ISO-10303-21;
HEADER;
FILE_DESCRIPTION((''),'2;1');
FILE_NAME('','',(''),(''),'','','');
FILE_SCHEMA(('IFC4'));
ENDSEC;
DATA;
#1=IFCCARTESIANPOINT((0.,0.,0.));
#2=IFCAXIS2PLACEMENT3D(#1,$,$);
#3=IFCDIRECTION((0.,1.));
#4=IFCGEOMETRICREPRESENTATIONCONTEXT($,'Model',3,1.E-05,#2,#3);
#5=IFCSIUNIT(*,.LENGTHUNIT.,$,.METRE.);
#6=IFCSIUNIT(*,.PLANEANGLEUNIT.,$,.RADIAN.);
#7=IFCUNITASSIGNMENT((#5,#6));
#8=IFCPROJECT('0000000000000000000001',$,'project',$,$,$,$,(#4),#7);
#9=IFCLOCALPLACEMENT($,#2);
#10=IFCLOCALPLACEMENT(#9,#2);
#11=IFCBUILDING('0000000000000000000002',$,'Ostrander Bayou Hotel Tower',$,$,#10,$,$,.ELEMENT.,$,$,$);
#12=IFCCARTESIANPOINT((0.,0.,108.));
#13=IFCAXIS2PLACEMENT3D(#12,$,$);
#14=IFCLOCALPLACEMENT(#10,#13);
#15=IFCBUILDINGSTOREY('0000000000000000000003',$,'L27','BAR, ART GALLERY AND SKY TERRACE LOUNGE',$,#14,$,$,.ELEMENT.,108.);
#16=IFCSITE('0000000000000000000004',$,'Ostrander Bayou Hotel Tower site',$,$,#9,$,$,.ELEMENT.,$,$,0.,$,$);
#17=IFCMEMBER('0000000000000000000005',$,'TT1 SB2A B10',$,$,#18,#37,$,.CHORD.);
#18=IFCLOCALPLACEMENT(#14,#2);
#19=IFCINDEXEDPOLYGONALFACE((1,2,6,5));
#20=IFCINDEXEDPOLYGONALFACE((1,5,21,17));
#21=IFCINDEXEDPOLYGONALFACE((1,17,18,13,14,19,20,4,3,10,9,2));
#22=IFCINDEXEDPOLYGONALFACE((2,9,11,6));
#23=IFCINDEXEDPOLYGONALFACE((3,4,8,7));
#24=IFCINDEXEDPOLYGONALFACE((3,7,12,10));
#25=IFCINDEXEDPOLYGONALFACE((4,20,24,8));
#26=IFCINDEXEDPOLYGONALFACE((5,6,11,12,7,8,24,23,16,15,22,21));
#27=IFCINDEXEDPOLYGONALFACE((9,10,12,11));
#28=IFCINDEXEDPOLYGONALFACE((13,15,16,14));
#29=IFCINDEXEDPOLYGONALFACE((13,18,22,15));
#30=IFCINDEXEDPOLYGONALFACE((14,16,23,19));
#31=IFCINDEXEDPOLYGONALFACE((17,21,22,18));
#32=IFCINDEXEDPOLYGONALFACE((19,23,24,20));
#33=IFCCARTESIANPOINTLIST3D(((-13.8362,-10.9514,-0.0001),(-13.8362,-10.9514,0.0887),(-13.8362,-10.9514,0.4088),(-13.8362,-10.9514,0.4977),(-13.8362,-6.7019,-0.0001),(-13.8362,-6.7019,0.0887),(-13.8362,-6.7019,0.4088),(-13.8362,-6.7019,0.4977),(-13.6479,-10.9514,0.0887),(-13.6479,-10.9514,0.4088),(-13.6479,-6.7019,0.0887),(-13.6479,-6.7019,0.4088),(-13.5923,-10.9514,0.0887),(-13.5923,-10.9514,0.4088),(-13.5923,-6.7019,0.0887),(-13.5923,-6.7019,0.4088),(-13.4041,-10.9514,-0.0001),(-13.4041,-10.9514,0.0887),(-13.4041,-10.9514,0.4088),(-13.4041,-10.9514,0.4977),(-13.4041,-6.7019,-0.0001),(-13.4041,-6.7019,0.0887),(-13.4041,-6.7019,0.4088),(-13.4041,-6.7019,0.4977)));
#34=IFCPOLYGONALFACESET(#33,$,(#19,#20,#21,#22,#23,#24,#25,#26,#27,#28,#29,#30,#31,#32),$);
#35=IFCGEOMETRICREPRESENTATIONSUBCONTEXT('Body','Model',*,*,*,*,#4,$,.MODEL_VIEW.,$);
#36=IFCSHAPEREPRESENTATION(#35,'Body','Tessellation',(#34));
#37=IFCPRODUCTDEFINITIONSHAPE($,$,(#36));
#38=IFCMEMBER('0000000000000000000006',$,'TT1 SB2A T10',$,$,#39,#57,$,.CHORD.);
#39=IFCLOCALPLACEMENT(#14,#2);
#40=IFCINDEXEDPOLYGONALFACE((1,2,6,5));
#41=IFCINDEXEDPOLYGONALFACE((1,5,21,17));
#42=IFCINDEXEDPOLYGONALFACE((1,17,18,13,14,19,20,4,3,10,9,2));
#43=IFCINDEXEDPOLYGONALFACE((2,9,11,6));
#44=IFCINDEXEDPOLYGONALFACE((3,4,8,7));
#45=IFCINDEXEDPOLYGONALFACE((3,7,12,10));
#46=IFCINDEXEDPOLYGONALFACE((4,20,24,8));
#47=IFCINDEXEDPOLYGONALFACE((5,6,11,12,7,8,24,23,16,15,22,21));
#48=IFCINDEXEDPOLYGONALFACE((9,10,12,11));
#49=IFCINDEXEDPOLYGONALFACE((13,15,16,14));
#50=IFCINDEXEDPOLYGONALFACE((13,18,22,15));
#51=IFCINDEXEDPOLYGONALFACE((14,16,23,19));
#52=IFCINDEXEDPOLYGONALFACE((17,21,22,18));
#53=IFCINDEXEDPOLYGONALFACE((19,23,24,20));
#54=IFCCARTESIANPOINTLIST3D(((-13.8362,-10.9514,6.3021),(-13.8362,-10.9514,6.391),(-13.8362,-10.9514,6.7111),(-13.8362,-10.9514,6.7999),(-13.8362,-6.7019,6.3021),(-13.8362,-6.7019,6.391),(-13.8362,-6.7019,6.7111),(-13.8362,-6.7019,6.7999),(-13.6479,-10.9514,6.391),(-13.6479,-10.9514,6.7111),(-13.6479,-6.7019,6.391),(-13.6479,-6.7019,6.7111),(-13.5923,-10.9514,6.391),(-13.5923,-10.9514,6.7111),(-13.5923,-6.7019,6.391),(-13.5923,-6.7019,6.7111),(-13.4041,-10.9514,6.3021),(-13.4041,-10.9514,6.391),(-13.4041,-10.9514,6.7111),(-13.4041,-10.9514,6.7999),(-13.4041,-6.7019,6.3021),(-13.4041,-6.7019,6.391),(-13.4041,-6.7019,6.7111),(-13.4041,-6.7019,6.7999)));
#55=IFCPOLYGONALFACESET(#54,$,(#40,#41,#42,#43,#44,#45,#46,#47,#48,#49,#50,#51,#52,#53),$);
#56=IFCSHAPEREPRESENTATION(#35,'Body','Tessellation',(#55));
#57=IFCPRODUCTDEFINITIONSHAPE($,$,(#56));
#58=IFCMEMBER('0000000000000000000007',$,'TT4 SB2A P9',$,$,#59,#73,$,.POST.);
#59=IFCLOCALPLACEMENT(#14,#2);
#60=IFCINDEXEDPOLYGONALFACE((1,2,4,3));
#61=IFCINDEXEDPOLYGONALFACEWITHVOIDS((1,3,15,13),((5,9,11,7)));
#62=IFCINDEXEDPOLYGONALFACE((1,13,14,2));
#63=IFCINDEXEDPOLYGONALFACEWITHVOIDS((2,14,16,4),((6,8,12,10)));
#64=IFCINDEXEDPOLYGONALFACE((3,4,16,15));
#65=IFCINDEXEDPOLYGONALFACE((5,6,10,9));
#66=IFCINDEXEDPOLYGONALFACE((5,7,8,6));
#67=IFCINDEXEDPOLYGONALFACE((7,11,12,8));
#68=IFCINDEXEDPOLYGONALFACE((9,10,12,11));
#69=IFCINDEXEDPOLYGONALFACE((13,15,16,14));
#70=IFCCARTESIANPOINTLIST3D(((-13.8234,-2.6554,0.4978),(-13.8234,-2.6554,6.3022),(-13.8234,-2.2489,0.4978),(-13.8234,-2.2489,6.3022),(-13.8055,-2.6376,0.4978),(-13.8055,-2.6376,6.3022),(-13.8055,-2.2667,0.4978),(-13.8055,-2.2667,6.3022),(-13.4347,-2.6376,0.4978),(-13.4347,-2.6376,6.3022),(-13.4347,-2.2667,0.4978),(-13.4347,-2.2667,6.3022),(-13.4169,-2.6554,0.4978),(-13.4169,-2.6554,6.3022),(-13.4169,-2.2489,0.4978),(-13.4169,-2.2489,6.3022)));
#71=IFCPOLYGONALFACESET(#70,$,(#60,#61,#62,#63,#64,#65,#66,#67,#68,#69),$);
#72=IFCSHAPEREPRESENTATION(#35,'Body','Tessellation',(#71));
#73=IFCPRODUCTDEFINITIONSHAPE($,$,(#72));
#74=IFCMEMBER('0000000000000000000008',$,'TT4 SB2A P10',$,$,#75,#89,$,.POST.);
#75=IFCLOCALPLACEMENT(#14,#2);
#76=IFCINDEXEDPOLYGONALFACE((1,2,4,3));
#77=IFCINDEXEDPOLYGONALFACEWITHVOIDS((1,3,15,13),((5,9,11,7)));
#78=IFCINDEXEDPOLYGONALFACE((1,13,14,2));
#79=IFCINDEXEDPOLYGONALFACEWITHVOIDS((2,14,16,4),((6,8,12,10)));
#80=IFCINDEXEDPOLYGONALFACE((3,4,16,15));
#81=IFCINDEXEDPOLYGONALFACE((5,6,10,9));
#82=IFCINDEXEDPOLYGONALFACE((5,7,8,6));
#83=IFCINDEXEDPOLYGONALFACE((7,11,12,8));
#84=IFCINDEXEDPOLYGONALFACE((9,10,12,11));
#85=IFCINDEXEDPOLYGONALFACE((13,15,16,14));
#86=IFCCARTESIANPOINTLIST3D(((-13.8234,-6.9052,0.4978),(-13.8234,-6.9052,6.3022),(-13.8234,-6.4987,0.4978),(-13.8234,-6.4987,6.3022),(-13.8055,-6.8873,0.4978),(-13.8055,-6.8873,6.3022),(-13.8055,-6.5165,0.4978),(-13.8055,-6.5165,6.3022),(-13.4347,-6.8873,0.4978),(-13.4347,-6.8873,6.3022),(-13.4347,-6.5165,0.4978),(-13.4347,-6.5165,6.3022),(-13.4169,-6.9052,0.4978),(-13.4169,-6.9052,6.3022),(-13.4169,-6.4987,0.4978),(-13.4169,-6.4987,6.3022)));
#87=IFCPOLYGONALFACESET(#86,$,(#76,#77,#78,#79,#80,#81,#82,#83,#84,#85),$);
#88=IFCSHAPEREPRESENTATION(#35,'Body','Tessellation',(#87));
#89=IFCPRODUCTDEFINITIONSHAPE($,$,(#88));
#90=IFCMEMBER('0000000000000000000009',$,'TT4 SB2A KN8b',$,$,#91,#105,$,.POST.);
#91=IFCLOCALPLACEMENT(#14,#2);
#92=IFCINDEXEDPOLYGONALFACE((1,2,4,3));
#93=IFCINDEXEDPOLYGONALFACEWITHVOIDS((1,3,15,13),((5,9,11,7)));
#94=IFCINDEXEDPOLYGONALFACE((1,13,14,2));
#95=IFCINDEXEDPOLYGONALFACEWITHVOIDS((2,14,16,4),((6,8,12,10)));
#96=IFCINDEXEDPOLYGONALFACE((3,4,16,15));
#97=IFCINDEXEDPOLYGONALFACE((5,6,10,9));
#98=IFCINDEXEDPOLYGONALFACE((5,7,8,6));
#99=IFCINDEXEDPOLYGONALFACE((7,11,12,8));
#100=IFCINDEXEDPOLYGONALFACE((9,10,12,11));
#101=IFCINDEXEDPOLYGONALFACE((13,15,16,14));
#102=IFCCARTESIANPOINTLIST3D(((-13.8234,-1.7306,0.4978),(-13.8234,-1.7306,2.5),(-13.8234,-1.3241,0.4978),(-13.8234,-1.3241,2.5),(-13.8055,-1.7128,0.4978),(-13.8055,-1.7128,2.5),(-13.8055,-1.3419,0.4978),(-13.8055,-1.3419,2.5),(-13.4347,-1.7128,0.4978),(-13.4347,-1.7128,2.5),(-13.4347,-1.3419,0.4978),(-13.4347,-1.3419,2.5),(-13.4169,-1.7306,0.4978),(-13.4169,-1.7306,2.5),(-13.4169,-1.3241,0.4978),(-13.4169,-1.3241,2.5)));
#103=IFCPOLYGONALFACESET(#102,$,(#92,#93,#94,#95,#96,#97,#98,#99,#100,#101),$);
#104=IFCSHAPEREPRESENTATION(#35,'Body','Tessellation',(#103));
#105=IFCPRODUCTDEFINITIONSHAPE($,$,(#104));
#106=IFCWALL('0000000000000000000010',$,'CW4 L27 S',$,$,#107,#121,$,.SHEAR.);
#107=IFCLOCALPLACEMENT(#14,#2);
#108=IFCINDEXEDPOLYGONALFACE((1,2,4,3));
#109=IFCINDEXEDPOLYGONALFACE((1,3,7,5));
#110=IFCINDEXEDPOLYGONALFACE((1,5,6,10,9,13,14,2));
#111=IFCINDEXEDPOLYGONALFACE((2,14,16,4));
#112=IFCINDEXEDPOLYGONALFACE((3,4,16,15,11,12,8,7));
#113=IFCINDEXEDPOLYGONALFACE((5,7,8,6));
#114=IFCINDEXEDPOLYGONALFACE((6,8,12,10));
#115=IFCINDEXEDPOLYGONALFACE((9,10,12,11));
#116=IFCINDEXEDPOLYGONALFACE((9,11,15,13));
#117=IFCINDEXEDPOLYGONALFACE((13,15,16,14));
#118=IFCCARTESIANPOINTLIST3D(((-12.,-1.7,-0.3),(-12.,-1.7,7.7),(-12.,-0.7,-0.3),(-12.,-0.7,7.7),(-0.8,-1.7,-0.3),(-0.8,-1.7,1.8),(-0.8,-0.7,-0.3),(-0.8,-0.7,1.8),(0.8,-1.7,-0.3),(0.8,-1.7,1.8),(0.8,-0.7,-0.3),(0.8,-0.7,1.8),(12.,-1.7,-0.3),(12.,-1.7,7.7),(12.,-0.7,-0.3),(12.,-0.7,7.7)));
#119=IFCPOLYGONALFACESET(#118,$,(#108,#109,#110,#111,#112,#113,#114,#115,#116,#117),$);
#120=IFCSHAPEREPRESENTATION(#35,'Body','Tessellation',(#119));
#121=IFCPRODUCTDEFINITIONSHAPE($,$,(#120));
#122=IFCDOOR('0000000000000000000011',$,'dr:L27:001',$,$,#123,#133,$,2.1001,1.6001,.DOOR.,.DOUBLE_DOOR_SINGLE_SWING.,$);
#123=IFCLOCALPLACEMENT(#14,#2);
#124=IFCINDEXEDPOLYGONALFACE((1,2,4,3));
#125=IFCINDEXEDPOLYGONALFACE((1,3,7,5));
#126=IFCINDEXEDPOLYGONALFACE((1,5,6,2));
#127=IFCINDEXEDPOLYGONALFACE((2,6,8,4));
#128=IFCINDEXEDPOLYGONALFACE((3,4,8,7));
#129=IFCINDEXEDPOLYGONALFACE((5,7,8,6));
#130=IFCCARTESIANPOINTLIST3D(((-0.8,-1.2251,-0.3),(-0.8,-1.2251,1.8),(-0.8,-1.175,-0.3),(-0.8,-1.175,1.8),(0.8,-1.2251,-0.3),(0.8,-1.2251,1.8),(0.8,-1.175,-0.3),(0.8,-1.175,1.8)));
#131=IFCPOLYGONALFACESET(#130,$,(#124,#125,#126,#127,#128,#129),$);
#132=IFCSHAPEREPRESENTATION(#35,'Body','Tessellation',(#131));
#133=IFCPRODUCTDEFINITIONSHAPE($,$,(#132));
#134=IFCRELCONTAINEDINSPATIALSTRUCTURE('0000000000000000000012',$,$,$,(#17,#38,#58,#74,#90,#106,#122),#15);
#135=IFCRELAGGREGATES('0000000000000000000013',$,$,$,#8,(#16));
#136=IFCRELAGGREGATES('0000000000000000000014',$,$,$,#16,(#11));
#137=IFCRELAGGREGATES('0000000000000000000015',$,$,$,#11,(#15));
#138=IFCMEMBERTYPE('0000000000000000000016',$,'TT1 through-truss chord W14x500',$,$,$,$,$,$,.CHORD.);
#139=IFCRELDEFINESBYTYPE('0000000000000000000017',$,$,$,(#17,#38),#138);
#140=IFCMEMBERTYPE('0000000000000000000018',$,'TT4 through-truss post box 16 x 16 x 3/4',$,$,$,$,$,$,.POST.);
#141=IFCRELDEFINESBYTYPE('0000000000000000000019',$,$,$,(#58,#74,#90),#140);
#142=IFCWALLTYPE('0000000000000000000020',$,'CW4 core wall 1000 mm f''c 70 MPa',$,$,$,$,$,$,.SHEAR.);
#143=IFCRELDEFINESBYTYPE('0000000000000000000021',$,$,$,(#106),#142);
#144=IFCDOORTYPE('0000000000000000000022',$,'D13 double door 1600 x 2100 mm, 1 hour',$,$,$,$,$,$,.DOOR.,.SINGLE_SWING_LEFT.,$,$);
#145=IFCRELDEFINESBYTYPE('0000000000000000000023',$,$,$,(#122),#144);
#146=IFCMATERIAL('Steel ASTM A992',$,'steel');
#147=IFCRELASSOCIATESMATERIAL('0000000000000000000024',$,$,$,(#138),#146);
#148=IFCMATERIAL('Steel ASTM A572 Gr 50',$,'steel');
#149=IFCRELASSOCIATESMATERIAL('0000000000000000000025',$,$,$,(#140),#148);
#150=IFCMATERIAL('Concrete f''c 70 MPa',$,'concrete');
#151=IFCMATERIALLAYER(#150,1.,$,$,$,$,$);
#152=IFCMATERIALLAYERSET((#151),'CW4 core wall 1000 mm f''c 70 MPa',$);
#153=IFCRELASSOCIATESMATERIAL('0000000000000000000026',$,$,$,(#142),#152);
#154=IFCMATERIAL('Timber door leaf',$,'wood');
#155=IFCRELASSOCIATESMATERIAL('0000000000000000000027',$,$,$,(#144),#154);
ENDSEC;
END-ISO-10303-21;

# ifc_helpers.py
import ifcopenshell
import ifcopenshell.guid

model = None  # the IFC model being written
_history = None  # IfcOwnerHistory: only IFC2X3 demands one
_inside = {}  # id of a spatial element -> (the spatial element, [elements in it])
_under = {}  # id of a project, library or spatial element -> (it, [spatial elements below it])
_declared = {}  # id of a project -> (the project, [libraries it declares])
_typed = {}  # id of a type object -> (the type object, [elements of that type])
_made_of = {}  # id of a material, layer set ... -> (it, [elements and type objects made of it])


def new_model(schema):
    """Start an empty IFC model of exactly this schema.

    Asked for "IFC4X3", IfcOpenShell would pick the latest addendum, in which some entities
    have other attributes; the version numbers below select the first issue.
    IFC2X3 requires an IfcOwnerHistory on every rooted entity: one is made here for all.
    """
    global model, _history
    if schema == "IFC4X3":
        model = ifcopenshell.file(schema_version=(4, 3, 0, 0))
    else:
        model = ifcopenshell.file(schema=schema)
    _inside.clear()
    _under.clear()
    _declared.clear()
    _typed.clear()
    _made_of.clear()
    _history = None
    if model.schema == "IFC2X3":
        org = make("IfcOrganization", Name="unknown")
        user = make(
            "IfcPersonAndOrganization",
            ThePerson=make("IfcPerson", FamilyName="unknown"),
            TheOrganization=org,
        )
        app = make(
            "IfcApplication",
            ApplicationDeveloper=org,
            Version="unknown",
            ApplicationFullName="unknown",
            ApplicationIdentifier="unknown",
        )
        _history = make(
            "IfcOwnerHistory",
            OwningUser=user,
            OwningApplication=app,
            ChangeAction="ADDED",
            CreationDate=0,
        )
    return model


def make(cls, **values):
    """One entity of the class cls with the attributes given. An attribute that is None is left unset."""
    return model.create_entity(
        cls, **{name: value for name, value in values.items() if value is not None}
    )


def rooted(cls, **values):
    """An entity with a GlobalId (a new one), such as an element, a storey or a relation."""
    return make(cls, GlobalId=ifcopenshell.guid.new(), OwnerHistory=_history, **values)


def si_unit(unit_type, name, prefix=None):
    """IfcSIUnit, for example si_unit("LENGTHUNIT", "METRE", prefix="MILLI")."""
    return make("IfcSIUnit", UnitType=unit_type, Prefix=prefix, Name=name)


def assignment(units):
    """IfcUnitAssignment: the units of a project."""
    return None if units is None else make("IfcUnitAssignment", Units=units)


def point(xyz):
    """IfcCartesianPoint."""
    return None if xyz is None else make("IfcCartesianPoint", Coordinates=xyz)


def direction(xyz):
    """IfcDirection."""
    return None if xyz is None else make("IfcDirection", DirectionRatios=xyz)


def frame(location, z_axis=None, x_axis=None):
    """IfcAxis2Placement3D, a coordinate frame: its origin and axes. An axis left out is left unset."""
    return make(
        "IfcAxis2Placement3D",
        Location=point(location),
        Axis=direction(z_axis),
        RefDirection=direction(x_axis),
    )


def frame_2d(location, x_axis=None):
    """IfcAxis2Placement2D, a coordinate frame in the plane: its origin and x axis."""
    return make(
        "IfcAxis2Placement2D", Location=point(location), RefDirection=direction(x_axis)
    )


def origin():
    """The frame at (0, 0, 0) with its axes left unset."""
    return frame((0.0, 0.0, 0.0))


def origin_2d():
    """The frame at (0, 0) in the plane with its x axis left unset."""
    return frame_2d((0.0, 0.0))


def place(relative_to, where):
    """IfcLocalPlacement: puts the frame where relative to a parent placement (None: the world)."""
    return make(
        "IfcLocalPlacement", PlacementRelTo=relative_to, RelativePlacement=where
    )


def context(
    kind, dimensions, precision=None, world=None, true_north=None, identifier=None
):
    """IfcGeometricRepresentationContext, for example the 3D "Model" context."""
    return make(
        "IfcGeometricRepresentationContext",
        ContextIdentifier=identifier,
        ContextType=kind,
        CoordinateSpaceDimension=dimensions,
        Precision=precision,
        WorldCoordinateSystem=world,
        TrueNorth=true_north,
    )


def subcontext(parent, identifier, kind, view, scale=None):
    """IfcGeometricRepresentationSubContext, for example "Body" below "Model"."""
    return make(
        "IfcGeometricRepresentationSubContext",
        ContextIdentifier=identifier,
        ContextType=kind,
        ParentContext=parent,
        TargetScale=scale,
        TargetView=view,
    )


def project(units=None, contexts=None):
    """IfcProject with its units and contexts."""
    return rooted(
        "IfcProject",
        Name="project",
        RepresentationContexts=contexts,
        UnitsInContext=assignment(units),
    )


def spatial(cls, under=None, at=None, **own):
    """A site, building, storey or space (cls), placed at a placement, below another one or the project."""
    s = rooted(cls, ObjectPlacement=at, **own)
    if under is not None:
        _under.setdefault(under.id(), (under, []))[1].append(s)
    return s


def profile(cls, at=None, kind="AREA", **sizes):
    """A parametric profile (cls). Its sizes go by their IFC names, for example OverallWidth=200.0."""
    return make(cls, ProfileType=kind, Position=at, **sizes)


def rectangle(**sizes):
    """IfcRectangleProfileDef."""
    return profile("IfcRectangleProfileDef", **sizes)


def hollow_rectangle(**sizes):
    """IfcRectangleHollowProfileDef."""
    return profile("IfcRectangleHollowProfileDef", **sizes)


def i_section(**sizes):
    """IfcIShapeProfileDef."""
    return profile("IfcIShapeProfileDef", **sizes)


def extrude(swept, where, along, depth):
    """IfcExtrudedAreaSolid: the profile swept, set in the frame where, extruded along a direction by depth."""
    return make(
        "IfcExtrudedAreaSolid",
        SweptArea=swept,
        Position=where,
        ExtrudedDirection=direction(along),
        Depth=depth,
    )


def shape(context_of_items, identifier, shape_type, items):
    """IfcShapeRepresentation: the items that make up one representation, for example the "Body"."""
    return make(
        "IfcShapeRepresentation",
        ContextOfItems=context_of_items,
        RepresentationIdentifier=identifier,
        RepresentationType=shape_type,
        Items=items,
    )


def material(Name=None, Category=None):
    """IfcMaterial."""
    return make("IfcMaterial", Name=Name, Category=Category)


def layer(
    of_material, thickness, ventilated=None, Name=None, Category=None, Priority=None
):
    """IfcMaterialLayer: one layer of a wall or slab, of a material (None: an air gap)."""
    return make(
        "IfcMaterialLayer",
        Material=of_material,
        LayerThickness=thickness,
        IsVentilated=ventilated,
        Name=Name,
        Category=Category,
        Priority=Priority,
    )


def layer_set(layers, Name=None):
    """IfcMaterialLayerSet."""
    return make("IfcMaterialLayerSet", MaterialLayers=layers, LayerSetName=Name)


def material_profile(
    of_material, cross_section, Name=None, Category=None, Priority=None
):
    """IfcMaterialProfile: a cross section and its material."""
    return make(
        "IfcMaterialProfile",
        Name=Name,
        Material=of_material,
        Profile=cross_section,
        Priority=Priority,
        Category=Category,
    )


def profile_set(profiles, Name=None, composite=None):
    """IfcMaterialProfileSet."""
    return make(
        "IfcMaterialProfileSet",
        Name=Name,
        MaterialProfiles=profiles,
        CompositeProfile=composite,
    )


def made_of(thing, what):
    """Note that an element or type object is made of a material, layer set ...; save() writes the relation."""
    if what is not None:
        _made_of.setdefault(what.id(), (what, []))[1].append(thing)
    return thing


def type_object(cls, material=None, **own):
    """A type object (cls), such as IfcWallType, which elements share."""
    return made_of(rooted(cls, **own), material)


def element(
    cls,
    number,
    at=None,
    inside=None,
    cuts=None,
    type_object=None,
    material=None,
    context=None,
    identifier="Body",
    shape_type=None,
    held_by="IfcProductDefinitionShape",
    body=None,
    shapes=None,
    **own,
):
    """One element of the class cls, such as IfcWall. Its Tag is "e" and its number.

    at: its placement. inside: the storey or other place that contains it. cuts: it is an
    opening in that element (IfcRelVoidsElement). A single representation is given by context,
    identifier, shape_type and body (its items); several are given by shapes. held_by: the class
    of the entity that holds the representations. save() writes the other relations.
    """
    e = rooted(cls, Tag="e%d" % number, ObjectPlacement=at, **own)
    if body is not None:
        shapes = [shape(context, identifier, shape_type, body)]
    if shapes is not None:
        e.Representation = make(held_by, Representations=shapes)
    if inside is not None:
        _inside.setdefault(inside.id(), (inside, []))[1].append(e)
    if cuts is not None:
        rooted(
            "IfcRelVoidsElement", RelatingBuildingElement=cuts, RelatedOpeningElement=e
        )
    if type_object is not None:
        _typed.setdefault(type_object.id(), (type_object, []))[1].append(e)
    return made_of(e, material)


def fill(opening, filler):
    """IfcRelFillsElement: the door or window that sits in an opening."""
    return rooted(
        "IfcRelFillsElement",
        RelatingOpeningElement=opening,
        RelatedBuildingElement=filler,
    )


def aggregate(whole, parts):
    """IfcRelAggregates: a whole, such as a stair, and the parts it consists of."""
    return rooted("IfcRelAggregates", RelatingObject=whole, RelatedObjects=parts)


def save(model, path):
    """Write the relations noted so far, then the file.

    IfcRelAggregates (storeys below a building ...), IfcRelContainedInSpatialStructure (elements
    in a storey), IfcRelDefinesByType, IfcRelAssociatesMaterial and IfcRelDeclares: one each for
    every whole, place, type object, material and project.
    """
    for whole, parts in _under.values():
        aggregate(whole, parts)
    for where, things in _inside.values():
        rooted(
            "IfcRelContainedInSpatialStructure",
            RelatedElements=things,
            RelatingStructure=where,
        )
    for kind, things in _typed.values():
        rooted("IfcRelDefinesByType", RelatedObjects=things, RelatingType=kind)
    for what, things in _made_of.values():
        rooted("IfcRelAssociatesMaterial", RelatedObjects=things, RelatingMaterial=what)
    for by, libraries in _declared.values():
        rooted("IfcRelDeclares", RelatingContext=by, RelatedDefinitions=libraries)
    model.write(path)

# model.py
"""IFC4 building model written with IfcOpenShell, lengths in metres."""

from ifc_helpers import new_model, si_unit, direction, frame, frame_2d, origin, origin_2d, place, context, subcontext, project, spatial, rectangle, hollow_rectangle, i_section, extrude, material, layer, layer_set, material_profile, profile_set, type_object, element, fill, save


model = new_model("IFC4")

# Units and contexts
model_context = context("Model", 3, precision=1e-05, world=origin(), true_north=direction((0.0, 1.0)))
body_context = subcontext(model_context, "Body", "Model", "MODEL_VIEW")
ifc_project = project(units=[si_unit("LENGTHUNIT", "METRE"), si_unit("PLANEANGLEUNIT", "RADIAN")], contexts=[model_context])

# Site, building, storey
site_placement = place(None, origin())
site = spatial("IfcSite", under=ifc_project, at=site_placement, Name="Ostrander Bayou Hotel Tower site", CompositionType="ELEMENT", RefElevation=0.0)
building_placement = place(site_placement, origin())
building = spatial("IfcBuilding", under=site, at=building_placement, Name="Ostrander Bayou Hotel Tower", CompositionType="ELEMENT")
storey_placement = place(building_placement, frame((0.0, 0.0, 108.0)))
storey = spatial("IfcBuildingStorey", under=building, at=storey_placement, Name="L27", Description="BAR, ART GALLERY AND SKY TERRACE LOUNGE", CompositionType="ELEMENT", Elevation=108.0)

# Members
ifc_material_1 = material(Name="Steel ASTM A992", Category="steel")
ifc_material_profile_1 = material_profile(ifc_material_1, i_section(OverallWidth=0.4321, OverallDepth=0.4978, WebThickness=0.0557, FlangeThickness=0.0889, at=origin_2d()))
ifc_profile_set_1 = profile_set([ifc_material_profile_1], Name="Steel ASTM A992")
member_type_1 = type_object("IfcMemberType", Name="TT1 through-truss chord W14x500", PredefinedType="CHORD", material=ifc_profile_set_1)
for number, where, z_axis, x_axis, name in (
    (1, (-13.6201, -6.7019, 0.2488), (0.0, -1.0, 0.0), (1.0, 0.0, 0.0), "TT1 SB2A B10"),
    (2, (-13.6201, -6.7019, 6.551), (0.0, -1.0, 0.0), (1.0, 0.0, 0.0), "TT1 SB2A T10"),
):
    element("IfcMember", number, at=place(storey_placement, frame(where, z_axis=z_axis, x_axis=x_axis)), inside=storey, type_object=member_type_1, Name=name, PredefinedType="CHORD", context=body_context, shape_type="SweptSolid", body=[
        extrude(i_section(OverallWidth=0.4321, OverallDepth=0.4978, WebThickness=0.0557, FlangeThickness=0.0889, at=origin_2d()), origin(), (0.0, 0.0, 1.0), 4.2495),
    ])
ifc_material_2 = material(Name="Steel ASTM A572 Gr 50", Category="steel")
ifc_material_profile_2 = material_profile(ifc_material_2, hollow_rectangle(XDim=0.4065, YDim=0.4065, WallThickness=0.0178, at=origin_2d()))
ifc_profile_set_2 = profile_set([ifc_material_profile_2], Name="Steel ASTM A572 Gr 50")
member_type_2 = type_object("IfcMemberType", Name="TT4 through-truss post box 16 x 16 x 3/4", PredefinedType="POST", material=ifc_profile_set_2)
for number, where, z_axis, x_axis, name in (
    (3, (-13.6201, -2.4521, 0.4978), (0.0, 0.0, 1.0), (1.0, 0.0, 0.0), "TT4 SB2A P9"),
    (4, (-13.6201, -6.7019, 0.4978), (0.0, 0.0, 1.0), (1.0, 0.0, 0.0), "TT4 SB2A P10"),
):
    element("IfcMember", number, at=place(storey_placement, frame(where, z_axis=z_axis, x_axis=x_axis)), inside=storey, type_object=member_type_2, Name=name, PredefinedType="POST", context=body_context, shape_type="SweptSolid", body=[
        extrude(hollow_rectangle(XDim=0.4065, YDim=0.4065, WallThickness=0.0178, at=origin_2d()), origin(), (0.0, 0.0, 1.0), 5.8044),
    ])
member_1_placement = place(storey_placement, frame((-13.6201, -1.5273, 0.4978), z_axis=(0.0, 0.0, 1.0), x_axis=(1.0, 0.0, 0.0)))
element("IfcMember", 5, at=member_1_placement, inside=storey, type_object=member_type_2, Name="TT4 SB2A KN8b", PredefinedType="POST", context=body_context, shape_type="SweptSolid", body=[
    extrude(hollow_rectangle(XDim=0.4065, YDim=0.4065, WallThickness=0.0178, at=origin_2d()), origin(), (0.0, 0.0, 1.0), 2.0022),
])

# Wall, opening, door
ifc_material_3 = material(Name="Concrete f'c 70 MPa", Category="concrete")
ifc_layer_1 = layer(ifc_material_3, 1.0)
ifc_layer_set_1 = layer_set([ifc_layer_1], Name="CW4 core wall 1000 mm f'c 70 MPa")
wall_type_1 = type_object("IfcWallType", Name="CW4 core wall 1000 mm f'c 70 MPa", PredefinedType="SHEAR", material=ifc_layer_set_1)
wall_1_placement = place(storey_placement, frame((-12.0, -1.2, -0.3), z_axis=(0.0, 0.0, 1.0), x_axis=(1.0, 0.0, 0.0)))
wall_1 = element("IfcWall", 6, at=wall_1_placement, inside=storey, type_object=wall_type_1, Name="CW4 L27 S", PredefinedType="SHEAR", context=body_context, shape_type="SweptSolid", body=[
    extrude(rectangle(XDim=24.0, YDim=1.0, at=frame_2d((12.0, 0.0))), origin(), (0.0, 0.0, 1.0), 8.0),
])
opening_1_placement = place(wall_1_placement, frame((11.2, 0.0, 0.0)))
opening_1 = element("IfcOpeningElement", 7, at=opening_1_placement, cuts=wall_1, PredefinedType="OPENING", context=body_context, shape_type="SweptSolid", body=[
    extrude(rectangle(XDim=1.6001, YDim=2.1001, at=frame_2d((0.8, 1.05))), frame((0.0, 0.5, 0.0), z_axis=(0.0, -1.0, 0.0), x_axis=(1.0, 0.0, 0.0)), (0.0, 0.0, 1.0), 1.0),
])
ifc_material_4 = material(Name="Timber door leaf", Category="wood")
door_type_1 = type_object("IfcDoorType", Name="D13 double door 1600 x 2100 mm, 1 hour", OperationType="SINGLE_SWING_LEFT", PredefinedType="DOOR", material=ifc_material_4)
door_1_placement = place(opening_1_placement, origin())
door_1 = element("IfcDoor", 8, at=door_1_placement, inside=storey, type_object=door_type_1, Name="dr:L27:001", OperationType="DOUBLE_DOOR_SINGLE_SWING", OverallHeight=2.1001, OverallWidth=1.6001, PredefinedType="DOOR", context=body_context, shape_type="SweptSolid", body=[
    extrude(rectangle(XDim=1.6001, YDim=2.1001, at=frame_2d((0.8, 1.05))), frame((0.0, 0.0249, 0.0), z_axis=(0.0, -1.0, 0.0), x_axis=(1.0, 0.0, 0.0)), (0.0, 0.0, 1.0), 0.05),
])
fill(opening_1, door_1)

save(model, "model.ifc")
